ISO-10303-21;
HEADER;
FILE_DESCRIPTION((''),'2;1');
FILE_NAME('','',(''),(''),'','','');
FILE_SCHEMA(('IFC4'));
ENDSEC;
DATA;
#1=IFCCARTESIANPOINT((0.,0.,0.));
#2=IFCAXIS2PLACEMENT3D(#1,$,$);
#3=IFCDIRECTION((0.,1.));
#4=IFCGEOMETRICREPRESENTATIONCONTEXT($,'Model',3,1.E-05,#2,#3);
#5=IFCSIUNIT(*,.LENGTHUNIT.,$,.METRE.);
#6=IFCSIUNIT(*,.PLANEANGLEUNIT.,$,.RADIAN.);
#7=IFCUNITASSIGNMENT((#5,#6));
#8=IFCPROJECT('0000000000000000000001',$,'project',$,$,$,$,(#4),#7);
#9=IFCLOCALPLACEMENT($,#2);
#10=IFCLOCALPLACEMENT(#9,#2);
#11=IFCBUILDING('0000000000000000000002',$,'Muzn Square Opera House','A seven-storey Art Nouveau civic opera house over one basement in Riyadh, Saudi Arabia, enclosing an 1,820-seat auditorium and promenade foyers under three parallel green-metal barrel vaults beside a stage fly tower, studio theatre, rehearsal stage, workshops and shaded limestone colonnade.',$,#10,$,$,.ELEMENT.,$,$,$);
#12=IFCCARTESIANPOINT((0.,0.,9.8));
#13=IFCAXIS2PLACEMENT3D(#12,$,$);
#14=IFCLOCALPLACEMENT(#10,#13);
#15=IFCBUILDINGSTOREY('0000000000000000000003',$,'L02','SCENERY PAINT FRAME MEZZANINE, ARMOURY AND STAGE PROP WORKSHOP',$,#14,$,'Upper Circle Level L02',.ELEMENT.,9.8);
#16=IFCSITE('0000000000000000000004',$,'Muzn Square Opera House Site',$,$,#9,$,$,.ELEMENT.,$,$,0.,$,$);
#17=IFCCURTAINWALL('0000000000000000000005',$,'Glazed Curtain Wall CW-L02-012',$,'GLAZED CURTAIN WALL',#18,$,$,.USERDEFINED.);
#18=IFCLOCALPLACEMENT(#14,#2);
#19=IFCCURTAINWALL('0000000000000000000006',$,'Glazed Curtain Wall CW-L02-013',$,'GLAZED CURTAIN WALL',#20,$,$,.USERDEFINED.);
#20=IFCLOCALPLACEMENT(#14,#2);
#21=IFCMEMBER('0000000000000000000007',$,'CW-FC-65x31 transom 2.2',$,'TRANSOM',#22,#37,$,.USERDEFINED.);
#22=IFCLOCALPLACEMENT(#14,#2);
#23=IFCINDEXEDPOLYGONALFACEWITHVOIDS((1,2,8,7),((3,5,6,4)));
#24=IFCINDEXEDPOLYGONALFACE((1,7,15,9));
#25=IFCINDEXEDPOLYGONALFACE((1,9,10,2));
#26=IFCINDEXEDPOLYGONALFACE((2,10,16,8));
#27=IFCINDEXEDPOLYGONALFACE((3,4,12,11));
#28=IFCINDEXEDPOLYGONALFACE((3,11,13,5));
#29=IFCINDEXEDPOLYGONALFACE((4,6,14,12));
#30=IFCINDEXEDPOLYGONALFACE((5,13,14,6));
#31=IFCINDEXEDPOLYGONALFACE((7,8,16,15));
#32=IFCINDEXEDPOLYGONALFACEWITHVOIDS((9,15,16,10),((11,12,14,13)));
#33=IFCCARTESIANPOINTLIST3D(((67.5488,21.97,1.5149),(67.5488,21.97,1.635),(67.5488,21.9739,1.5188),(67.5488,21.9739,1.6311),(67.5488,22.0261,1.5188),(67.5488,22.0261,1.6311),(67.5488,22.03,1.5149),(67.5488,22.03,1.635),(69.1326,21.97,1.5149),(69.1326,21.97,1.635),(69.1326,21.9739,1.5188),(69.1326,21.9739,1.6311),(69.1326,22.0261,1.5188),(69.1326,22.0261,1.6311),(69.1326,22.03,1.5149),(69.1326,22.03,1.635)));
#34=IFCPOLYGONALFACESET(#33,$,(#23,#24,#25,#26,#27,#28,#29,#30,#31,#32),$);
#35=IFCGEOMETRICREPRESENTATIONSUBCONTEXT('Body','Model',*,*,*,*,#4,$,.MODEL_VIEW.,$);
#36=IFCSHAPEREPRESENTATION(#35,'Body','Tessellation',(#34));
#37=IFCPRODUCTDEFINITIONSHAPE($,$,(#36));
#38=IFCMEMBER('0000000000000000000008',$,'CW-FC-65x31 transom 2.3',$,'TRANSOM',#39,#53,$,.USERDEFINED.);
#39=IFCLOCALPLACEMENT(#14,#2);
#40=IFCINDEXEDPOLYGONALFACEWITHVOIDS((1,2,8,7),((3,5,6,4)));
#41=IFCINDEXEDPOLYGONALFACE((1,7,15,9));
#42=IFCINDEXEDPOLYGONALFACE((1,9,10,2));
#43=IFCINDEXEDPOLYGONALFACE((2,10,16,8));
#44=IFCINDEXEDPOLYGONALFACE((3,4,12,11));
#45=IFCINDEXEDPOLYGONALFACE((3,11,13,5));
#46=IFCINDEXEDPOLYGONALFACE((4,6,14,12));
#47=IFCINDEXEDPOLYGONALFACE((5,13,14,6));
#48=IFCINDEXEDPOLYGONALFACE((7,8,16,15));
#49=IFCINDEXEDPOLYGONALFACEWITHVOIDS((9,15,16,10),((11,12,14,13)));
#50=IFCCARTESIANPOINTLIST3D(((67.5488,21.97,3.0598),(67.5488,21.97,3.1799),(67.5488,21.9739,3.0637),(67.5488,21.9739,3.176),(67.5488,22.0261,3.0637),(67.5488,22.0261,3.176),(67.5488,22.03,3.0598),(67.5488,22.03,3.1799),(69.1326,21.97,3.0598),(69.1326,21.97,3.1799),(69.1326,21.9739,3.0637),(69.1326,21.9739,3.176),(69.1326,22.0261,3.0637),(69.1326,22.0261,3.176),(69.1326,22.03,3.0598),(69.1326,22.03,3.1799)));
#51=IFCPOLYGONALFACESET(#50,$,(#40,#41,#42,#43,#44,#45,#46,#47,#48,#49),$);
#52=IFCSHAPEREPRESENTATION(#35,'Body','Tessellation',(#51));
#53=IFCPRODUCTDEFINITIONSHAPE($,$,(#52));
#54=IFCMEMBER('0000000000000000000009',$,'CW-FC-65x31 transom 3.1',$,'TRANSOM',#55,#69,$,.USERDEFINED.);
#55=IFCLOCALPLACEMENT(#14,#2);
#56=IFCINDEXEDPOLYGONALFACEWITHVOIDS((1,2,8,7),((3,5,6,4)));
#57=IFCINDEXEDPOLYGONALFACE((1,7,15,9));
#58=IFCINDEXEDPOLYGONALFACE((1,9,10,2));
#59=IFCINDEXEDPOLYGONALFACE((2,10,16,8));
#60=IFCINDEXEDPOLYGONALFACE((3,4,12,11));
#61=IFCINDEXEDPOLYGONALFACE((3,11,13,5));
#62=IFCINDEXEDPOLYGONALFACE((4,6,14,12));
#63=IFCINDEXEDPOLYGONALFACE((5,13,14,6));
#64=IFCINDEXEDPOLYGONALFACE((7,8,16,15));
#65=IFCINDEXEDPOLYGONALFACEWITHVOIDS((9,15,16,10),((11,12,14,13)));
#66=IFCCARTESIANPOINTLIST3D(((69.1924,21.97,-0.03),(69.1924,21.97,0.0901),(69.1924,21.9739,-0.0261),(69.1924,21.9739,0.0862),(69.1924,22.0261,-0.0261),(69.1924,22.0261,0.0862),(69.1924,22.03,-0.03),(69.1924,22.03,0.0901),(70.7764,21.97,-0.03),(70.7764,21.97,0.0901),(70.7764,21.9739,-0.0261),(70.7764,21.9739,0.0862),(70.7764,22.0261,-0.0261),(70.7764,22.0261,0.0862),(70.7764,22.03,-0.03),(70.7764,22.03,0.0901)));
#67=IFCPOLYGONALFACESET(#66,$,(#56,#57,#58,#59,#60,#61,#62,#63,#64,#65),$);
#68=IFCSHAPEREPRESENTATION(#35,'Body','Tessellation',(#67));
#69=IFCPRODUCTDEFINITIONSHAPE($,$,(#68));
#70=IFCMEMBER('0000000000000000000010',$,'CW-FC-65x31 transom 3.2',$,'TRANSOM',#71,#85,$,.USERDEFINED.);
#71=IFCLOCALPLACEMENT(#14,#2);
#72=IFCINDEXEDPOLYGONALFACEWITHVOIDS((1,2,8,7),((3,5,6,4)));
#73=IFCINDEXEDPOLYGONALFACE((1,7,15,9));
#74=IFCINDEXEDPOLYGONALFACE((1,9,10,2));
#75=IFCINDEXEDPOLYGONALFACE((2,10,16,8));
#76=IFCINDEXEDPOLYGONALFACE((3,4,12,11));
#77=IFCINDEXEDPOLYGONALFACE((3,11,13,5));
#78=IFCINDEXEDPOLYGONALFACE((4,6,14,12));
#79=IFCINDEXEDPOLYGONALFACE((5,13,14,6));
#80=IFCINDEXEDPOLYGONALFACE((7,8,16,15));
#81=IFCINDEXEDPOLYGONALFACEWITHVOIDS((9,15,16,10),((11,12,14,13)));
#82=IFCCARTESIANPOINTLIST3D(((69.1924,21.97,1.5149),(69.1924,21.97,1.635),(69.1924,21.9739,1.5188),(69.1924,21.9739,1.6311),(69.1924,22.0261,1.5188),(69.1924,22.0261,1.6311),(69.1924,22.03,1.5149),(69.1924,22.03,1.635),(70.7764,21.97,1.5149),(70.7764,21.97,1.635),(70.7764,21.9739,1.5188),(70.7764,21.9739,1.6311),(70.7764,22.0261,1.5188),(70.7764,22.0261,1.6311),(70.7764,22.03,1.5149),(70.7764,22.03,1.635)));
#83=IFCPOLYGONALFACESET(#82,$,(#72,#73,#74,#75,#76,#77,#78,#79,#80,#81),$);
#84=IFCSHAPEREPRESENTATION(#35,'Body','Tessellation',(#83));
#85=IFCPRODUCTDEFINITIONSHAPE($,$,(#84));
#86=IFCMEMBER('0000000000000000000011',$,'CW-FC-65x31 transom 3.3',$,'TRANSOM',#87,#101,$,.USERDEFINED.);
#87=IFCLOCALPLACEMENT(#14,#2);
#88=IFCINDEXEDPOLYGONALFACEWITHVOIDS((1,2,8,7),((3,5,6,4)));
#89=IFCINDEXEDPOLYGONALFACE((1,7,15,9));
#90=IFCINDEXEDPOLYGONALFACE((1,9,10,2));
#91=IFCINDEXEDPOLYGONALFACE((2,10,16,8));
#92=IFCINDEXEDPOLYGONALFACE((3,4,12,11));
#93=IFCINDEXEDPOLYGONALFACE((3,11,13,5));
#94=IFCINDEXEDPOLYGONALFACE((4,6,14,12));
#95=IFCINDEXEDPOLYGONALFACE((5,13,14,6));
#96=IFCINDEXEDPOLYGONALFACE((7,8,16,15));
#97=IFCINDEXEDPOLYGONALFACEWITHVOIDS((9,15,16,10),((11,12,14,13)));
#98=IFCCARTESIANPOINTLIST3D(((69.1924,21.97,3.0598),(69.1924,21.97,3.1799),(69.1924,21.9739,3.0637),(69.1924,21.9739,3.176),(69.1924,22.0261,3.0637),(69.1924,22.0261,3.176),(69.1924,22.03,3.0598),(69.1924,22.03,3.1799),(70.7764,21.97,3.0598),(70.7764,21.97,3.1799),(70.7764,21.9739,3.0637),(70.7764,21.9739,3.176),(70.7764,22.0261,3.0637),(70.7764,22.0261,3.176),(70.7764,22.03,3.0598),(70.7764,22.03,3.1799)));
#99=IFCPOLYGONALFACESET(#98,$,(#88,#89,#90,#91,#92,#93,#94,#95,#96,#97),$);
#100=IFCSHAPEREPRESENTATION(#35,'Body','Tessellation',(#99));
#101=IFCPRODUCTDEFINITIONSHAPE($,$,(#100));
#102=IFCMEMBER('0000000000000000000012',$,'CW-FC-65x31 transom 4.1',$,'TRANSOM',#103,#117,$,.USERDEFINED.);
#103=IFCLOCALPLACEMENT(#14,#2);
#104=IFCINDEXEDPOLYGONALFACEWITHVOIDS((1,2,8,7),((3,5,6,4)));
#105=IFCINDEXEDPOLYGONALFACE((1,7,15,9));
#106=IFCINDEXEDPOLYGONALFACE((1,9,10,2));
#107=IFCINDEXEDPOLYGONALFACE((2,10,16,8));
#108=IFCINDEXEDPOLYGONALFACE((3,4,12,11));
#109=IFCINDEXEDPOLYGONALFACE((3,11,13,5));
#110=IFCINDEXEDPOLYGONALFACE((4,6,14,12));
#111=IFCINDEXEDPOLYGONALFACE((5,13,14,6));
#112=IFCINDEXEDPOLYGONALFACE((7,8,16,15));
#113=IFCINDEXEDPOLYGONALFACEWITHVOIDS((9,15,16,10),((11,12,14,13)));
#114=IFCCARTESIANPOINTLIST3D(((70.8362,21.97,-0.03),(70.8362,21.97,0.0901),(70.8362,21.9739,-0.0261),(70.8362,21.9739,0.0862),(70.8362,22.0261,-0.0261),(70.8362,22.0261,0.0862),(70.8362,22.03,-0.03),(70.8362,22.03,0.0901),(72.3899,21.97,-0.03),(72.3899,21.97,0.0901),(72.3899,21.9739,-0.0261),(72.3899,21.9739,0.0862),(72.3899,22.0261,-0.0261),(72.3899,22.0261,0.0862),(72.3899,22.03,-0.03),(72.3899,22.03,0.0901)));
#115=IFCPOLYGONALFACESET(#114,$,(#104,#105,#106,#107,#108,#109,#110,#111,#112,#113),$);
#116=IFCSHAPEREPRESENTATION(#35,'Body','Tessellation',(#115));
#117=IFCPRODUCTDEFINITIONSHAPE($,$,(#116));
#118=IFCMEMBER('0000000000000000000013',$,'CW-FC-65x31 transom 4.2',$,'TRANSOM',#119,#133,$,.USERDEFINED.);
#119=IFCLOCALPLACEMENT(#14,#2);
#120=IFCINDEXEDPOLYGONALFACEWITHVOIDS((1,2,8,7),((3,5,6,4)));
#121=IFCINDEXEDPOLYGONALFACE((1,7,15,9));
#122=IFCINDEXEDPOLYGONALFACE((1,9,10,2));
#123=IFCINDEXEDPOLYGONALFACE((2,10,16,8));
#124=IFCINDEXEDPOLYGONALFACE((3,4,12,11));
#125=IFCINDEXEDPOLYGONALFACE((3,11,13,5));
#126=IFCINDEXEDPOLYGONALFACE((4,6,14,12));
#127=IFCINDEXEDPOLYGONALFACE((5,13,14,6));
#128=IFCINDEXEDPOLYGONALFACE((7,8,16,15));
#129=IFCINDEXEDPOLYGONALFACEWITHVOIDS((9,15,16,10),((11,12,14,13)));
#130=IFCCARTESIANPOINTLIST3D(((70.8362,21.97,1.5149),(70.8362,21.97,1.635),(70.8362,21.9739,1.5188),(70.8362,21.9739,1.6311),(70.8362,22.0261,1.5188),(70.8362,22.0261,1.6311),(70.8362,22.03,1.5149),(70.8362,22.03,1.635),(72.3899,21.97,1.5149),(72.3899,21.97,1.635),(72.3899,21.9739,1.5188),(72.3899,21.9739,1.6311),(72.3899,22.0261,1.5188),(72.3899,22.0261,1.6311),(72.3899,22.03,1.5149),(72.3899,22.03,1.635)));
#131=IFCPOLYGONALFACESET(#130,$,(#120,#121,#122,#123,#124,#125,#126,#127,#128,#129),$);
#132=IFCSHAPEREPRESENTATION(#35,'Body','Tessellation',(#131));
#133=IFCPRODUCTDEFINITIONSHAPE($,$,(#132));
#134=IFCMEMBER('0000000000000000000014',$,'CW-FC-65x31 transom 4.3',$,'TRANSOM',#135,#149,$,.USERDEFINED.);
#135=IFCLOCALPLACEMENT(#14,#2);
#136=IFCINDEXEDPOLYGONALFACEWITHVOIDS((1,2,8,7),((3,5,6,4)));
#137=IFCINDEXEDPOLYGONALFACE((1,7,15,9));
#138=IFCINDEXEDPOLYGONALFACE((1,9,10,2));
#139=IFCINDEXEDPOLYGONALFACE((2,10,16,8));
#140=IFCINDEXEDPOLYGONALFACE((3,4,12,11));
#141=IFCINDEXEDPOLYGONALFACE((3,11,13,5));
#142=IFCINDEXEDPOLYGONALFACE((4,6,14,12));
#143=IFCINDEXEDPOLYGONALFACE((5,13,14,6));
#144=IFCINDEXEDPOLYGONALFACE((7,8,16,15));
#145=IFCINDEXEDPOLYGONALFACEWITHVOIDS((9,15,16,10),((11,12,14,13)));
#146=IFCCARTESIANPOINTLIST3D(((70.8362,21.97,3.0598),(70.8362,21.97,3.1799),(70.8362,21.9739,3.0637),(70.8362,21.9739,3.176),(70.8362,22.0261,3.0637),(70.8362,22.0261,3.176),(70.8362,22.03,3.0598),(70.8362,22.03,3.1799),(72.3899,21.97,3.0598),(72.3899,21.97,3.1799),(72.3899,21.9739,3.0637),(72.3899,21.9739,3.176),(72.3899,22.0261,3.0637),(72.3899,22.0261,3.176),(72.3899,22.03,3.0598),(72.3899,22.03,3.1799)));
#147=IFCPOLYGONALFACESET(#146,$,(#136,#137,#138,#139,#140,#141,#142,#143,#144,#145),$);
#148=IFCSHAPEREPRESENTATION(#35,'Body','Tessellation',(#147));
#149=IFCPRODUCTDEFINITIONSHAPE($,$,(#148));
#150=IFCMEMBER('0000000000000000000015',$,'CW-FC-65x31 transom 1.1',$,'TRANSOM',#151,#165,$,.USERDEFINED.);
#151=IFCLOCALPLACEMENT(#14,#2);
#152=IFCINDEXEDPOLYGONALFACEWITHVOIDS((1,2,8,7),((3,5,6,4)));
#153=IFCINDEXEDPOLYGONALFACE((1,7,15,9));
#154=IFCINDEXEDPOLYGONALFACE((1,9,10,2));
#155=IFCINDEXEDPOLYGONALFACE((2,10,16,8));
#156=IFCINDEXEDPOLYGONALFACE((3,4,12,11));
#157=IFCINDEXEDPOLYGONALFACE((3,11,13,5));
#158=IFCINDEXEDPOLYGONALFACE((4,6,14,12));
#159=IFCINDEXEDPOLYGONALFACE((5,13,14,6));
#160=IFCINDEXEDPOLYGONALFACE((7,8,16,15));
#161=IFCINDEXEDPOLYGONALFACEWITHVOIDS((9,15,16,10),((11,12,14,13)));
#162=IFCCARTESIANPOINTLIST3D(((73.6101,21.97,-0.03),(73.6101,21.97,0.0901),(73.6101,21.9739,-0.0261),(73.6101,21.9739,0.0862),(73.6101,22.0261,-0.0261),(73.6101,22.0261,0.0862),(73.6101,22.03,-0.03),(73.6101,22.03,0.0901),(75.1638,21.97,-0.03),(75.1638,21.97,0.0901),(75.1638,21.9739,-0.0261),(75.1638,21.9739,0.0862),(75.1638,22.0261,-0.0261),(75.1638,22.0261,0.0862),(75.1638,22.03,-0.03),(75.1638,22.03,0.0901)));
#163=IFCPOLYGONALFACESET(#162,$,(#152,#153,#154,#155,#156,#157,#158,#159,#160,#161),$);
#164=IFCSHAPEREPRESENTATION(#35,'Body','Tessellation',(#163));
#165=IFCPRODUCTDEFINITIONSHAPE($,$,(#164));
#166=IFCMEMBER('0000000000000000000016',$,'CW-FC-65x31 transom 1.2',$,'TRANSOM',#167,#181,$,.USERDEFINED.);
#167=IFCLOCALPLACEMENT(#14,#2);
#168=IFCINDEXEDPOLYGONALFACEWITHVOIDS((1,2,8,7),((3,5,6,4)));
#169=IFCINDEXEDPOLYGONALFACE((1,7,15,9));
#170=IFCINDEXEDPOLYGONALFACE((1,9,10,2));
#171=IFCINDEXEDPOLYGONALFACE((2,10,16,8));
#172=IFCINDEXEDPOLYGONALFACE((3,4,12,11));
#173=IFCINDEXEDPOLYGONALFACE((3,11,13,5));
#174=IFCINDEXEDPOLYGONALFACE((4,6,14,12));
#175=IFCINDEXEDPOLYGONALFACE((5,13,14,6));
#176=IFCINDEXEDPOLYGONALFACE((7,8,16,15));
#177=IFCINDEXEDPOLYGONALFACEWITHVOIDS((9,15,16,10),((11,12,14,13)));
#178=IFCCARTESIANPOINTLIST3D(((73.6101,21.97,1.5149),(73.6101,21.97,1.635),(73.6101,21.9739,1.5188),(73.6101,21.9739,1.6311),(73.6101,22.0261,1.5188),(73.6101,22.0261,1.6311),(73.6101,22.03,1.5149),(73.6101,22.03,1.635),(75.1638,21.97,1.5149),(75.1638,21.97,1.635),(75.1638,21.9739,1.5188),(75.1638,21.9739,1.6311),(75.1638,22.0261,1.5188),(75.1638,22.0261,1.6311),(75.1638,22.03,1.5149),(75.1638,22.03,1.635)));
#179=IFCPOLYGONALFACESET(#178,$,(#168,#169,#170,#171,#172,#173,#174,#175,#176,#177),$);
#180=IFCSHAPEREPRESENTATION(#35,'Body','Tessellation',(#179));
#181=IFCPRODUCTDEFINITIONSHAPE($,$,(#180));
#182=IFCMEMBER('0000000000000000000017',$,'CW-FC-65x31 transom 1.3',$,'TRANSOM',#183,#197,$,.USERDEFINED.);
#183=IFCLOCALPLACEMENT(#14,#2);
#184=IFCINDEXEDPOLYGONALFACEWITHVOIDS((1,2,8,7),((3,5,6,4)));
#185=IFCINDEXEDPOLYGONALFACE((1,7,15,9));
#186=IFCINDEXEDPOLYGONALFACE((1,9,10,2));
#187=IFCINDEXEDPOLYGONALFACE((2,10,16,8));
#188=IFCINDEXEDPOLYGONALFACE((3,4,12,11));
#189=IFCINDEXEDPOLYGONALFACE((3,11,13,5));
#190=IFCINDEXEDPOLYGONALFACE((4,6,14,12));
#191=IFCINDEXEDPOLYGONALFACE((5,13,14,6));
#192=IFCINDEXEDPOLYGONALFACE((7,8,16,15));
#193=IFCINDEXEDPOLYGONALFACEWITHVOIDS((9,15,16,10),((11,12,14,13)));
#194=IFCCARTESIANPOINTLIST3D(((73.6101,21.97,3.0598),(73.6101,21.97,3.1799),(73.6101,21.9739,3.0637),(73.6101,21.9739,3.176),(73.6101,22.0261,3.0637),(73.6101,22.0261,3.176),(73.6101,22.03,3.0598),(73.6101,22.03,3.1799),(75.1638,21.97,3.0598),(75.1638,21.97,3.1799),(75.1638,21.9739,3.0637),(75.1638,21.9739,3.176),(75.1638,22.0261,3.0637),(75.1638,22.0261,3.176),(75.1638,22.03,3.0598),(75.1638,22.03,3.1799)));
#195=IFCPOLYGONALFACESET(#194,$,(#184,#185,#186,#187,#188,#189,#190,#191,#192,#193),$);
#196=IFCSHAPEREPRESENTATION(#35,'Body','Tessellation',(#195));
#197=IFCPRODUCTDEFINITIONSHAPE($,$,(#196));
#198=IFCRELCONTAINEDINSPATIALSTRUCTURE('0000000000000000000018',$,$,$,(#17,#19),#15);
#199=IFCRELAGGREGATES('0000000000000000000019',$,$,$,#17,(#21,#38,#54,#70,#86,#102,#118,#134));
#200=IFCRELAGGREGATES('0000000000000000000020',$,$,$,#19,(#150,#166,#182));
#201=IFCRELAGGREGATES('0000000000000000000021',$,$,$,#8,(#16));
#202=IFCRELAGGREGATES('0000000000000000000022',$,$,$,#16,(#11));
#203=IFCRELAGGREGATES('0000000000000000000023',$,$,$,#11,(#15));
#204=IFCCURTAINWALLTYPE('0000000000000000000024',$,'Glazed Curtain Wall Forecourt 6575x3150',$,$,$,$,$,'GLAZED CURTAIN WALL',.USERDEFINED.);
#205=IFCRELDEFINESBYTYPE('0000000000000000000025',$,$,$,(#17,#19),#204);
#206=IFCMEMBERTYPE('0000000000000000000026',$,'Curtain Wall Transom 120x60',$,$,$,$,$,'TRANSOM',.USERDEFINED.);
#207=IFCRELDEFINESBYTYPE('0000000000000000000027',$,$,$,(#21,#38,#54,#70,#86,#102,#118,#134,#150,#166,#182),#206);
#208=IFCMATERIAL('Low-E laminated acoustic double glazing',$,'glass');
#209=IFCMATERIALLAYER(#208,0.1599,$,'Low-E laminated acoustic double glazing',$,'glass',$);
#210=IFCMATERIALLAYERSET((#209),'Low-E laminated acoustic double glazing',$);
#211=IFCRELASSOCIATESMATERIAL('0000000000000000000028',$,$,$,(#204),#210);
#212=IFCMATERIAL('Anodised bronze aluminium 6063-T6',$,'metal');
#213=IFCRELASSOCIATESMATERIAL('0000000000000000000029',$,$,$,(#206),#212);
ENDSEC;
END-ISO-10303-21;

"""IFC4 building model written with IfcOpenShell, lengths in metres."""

from ifc_helpers import new_model, si_unit, direction, frame, origin, origin_2d, place, context, subcontext, project, spatial, hollow_rectangle, extrude, material, layer, layer_set, material_profile, profile_set, type_object, element, aggregate, save


model = new_model("IFC4")

# Units and contexts
model_context = context("Model", 3, precision=1e-05, world=origin(), true_north=direction((0.0, 1.0)))
body_context = subcontext(model_context, "Body", "Model", "MODEL_VIEW")
ifc_project = project(units=[si_unit("LENGTHUNIT", "METRE"), si_unit("PLANEANGLEUNIT", "RADIAN")], contexts=[model_context])

# Site, building, storey
site_placement = place(None, origin())
site = spatial("IfcSite", under=ifc_project, at=site_placement, Name="Muzn Square Opera House Site", CompositionType="ELEMENT", RefElevation=0.0)
building_placement = place(site_placement, origin())
building = spatial("IfcBuilding", under=site, at=building_placement, Name="Muzn Square Opera House", Description="A seven-storey Art Nouveau civic opera house over one basement in Riyadh, Saudi Arabia, enclosing an 1,820-seat auditorium and promenade foyers under three parallel green-metal barrel vaults beside a stage fly tower, studio theatre, rehearsal stage, workshops and shaded limestone colonnade.", CompositionType="ELEMENT")
storey_placement = place(building_placement, frame((0.0, 0.0, 9.8)))
storey = spatial("IfcBuildingStorey", under=building, at=storey_placement, Name="L02", Description="SCENERY PAINT FRAME MEZZANINE, ARMOURY AND STAGE PROP WORKSHOP", LongName="Upper Circle Level L02", CompositionType="ELEMENT", Elevation=9.8)

# Curtain wall
ifc_material_1 = material(Name="Low-E laminated acoustic double glazing", Category="glass")
ifc_layer_1 = layer(ifc_material_1, 0.1599, Name="Low-E laminated acoustic double glazing", Category="glass")
ifc_layer_set_1 = layer_set([ifc_layer_1], Name="Low-E laminated acoustic double glazing")
curtain_wall_type = type_object("IfcCurtainWallType", Name="Glazed Curtain Wall Forecourt 6575x3150", ElementType="GLAZED CURTAIN WALL", PredefinedType="USERDEFINED", material=ifc_layer_set_1)
curtain_wall_1_placement = place(storey_placement, origin())
curtain_wall_1 = element("IfcCurtainWall", 1, at=curtain_wall_1_placement, inside=storey, type_object=curtain_wall_type, Name="Glazed Curtain Wall CW-L02-012", ObjectType="GLAZED CURTAIN WALL", PredefinedType="USERDEFINED")
ifc_material_2 = material(Name="Anodised bronze aluminium 6063-T6", Category="metal")

# Curtain wall
curtain_wall_2_placement = place(storey_placement, origin())
curtain_wall_2 = element("IfcCurtainWall", 2, at=curtain_wall_2_placement, inside=storey, type_object=curtain_wall_type, Name="Glazed Curtain Wall CW-L02-013", ObjectType="GLAZED CURTAIN WALL", PredefinedType="USERDEFINED")

# Members
ifc_material_profile_1 = material_profile(ifc_material_2, hollow_rectangle(XDim=0.0601, YDim=0.1201, WallThickness=0.0039, at=origin_2d()), Name="ALU 120x60x4", Category="metal")
ifc_profile_set_1 = profile_set([ifc_material_profile_1], Name="Anodised bronze aluminium 6063-T6")
member_type_1 = type_object("IfcMemberType", Name="Curtain Wall Transom 120x60", ElementType="TRANSOM", PredefinedType="USERDEFINED", material=ifc_profile_set_1)
member_1_placement = place(storey_placement, frame((67.5488, 22.0, 1.575), z_axis=(1.0, 0.0, 0.0), x_axis=(0.0, 1.0, 0.0)))
member_1 = element("IfcMember", 3, at=member_1_placement, type_object=member_type_1, Name="CW-FC-65x31 transom 2.2", ObjectType="TRANSOM", PredefinedType="USERDEFINED", context=body_context, shape_type="SweptSolid", body=[
    extrude(hollow_rectangle(XDim=0.0601, YDim=0.1201, WallThickness=0.0039, at=origin_2d()), origin(), (0.0, 0.0, 1.0), 1.5837),
])
member_2_placement = place(storey_placement, frame((67.5488, 22.0, 3.1199), z_axis=(1.0, 0.0, 0.0), x_axis=(0.0, 1.0, 0.0)))
member_2 = element("IfcMember", 4, at=member_2_placement, type_object=member_type_1, Name="CW-FC-65x31 transom 2.3", ObjectType="TRANSOM", PredefinedType="USERDEFINED", context=body_context, shape_type="SweptSolid", body=[
    extrude(hollow_rectangle(XDim=0.0601, YDim=0.1201, WallThickness=0.0039, at=origin_2d()), origin(), (0.0, 0.0, 1.0), 1.5837),
])
member_3_placement = place(storey_placement, frame((69.1924, 22.0, 0.03), z_axis=(1.0, 0.0, 0.0), x_axis=(0.0, 1.0, 0.0)))
member_3 = element("IfcMember", 5, at=member_3_placement, type_object=member_type_1, Name="CW-FC-65x31 transom 3.1", ObjectType="TRANSOM", PredefinedType="USERDEFINED", context=body_context, shape_type="SweptSolid", body=[
    extrude(hollow_rectangle(XDim=0.0601, YDim=0.1201, WallThickness=0.0039, at=origin_2d()), origin(), (0.0, 0.0, 1.0), 1.584),
])
member_4_placement = place(storey_placement, frame((69.1924, 22.0, 1.575), z_axis=(1.0, 0.0, 0.0), x_axis=(0.0, 1.0, 0.0)))
member_4 = element("IfcMember", 6, at=member_4_placement, type_object=member_type_1, Name="CW-FC-65x31 transom 3.2", ObjectType="TRANSOM", PredefinedType="USERDEFINED", context=body_context, shape_type="SweptSolid", body=[
    extrude(hollow_rectangle(XDim=0.0601, YDim=0.1201, WallThickness=0.0039, at=origin_2d()), origin(), (0.0, 0.0, 1.0), 1.584),
])
member_5_placement = place(storey_placement, frame((69.1924, 22.0, 3.1199), z_axis=(1.0, 0.0, 0.0), x_axis=(0.0, 1.0, 0.0)))
member_5 = element("IfcMember", 7, at=member_5_placement, type_object=member_type_1, Name="CW-FC-65x31 transom 3.3", ObjectType="TRANSOM", PredefinedType="USERDEFINED", context=body_context, shape_type="SweptSolid", body=[
    extrude(hollow_rectangle(XDim=0.0601, YDim=0.1201, WallThickness=0.0039, at=origin_2d()), origin(), (0.0, 0.0, 1.0), 1.584),
])
member_6_placement = place(storey_placement, frame((70.8362, 22.0, 0.03), z_axis=(1.0, 0.0, 0.0), x_axis=(0.0, 1.0, 0.0)))
member_6 = element("IfcMember", 8, at=member_6_placement, type_object=member_type_1, Name="CW-FC-65x31 transom 4.1", ObjectType="TRANSOM", PredefinedType="USERDEFINED", context=body_context, shape_type="SweptSolid", body=[
    extrude(hollow_rectangle(XDim=0.0601, YDim=0.1201, WallThickness=0.0039, at=origin_2d()), origin(), (0.0, 0.0, 1.0), 1.5537),
])
member_7_placement = place(storey_placement, frame((70.8362, 22.0, 1.575), z_axis=(1.0, 0.0, 0.0), x_axis=(0.0, 1.0, 0.0)))
member_7 = element("IfcMember", 9, at=member_7_placement, type_object=member_type_1, Name="CW-FC-65x31 transom 4.2", ObjectType="TRANSOM", PredefinedType="USERDEFINED", context=body_context, shape_type="SweptSolid", body=[
    extrude(hollow_rectangle(XDim=0.0601, YDim=0.1201, WallThickness=0.0039, at=origin_2d()), origin(), (0.0, 0.0, 1.0), 1.5537),
])
member_8_placement = place(storey_placement, frame((70.8362, 22.0, 3.1199), z_axis=(1.0, 0.0, 0.0), x_axis=(0.0, 1.0, 0.0)))
member_8 = element("IfcMember", 10, at=member_8_placement, type_object=member_type_1, Name="CW-FC-65x31 transom 4.3", ObjectType="TRANSOM", PredefinedType="USERDEFINED", context=body_context, shape_type="SweptSolid", body=[
    extrude(hollow_rectangle(XDim=0.0601, YDim=0.1201, WallThickness=0.0039, at=origin_2d()), origin(), (0.0, 0.0, 1.0), 1.5537),
])
member_9_placement = place(storey_placement, frame((73.6101, 22.0, 0.03), z_axis=(1.0, 0.0, 0.0), x_axis=(0.0, 1.0, 0.0)))
member_9 = element("IfcMember", 11, at=member_9_placement, type_object=member_type_1, Name="CW-FC-65x31 transom 1.1", ObjectType="TRANSOM", PredefinedType="USERDEFINED", context=body_context, shape_type="SweptSolid", body=[
    extrude(hollow_rectangle(XDim=0.0601, YDim=0.1201, WallThickness=0.0039, at=origin_2d()), origin(), (0.0, 0.0, 1.0), 1.5537),
])
member_10_placement = place(storey_placement, frame((73.6101, 22.0, 1.575), z_axis=(1.0, 0.0, 0.0), x_axis=(0.0, 1.0, 0.0)))
member_10 = element("IfcMember", 12, at=member_10_placement, type_object=member_type_1, Name="CW-FC-65x31 transom 1.2", ObjectType="TRANSOM", PredefinedType="USERDEFINED", context=body_context, shape_type="SweptSolid", body=[
    extrude(hollow_rectangle(XDim=0.0601, YDim=0.1201, WallThickness=0.0039, at=origin_2d()), origin(), (0.0, 0.0, 1.0), 1.5537),
])
member_11_placement = place(storey_placement, frame((73.6101, 22.0, 3.1199), z_axis=(1.0, 0.0, 0.0), x_axis=(0.0, 1.0, 0.0)))
member_11 = element("IfcMember", 13, at=member_11_placement, type_object=member_type_1, Name="CW-FC-65x31 transom 1.3", ObjectType="TRANSOM", PredefinedType="USERDEFINED", context=body_context, shape_type="SweptSolid", body=[
    extrude(hollow_rectangle(XDim=0.0601, YDim=0.1201, WallThickness=0.0039, at=origin_2d()), origin(), (0.0, 0.0, 1.0), 1.5537),
])

aggregate(curtain_wall_1, [member_1, member_2, member_3, member_4, member_5, member_6, member_7, member_8])
aggregate(curtain_wall_2, [member_9, member_10, member_11])

save(model, "model.ifc")
